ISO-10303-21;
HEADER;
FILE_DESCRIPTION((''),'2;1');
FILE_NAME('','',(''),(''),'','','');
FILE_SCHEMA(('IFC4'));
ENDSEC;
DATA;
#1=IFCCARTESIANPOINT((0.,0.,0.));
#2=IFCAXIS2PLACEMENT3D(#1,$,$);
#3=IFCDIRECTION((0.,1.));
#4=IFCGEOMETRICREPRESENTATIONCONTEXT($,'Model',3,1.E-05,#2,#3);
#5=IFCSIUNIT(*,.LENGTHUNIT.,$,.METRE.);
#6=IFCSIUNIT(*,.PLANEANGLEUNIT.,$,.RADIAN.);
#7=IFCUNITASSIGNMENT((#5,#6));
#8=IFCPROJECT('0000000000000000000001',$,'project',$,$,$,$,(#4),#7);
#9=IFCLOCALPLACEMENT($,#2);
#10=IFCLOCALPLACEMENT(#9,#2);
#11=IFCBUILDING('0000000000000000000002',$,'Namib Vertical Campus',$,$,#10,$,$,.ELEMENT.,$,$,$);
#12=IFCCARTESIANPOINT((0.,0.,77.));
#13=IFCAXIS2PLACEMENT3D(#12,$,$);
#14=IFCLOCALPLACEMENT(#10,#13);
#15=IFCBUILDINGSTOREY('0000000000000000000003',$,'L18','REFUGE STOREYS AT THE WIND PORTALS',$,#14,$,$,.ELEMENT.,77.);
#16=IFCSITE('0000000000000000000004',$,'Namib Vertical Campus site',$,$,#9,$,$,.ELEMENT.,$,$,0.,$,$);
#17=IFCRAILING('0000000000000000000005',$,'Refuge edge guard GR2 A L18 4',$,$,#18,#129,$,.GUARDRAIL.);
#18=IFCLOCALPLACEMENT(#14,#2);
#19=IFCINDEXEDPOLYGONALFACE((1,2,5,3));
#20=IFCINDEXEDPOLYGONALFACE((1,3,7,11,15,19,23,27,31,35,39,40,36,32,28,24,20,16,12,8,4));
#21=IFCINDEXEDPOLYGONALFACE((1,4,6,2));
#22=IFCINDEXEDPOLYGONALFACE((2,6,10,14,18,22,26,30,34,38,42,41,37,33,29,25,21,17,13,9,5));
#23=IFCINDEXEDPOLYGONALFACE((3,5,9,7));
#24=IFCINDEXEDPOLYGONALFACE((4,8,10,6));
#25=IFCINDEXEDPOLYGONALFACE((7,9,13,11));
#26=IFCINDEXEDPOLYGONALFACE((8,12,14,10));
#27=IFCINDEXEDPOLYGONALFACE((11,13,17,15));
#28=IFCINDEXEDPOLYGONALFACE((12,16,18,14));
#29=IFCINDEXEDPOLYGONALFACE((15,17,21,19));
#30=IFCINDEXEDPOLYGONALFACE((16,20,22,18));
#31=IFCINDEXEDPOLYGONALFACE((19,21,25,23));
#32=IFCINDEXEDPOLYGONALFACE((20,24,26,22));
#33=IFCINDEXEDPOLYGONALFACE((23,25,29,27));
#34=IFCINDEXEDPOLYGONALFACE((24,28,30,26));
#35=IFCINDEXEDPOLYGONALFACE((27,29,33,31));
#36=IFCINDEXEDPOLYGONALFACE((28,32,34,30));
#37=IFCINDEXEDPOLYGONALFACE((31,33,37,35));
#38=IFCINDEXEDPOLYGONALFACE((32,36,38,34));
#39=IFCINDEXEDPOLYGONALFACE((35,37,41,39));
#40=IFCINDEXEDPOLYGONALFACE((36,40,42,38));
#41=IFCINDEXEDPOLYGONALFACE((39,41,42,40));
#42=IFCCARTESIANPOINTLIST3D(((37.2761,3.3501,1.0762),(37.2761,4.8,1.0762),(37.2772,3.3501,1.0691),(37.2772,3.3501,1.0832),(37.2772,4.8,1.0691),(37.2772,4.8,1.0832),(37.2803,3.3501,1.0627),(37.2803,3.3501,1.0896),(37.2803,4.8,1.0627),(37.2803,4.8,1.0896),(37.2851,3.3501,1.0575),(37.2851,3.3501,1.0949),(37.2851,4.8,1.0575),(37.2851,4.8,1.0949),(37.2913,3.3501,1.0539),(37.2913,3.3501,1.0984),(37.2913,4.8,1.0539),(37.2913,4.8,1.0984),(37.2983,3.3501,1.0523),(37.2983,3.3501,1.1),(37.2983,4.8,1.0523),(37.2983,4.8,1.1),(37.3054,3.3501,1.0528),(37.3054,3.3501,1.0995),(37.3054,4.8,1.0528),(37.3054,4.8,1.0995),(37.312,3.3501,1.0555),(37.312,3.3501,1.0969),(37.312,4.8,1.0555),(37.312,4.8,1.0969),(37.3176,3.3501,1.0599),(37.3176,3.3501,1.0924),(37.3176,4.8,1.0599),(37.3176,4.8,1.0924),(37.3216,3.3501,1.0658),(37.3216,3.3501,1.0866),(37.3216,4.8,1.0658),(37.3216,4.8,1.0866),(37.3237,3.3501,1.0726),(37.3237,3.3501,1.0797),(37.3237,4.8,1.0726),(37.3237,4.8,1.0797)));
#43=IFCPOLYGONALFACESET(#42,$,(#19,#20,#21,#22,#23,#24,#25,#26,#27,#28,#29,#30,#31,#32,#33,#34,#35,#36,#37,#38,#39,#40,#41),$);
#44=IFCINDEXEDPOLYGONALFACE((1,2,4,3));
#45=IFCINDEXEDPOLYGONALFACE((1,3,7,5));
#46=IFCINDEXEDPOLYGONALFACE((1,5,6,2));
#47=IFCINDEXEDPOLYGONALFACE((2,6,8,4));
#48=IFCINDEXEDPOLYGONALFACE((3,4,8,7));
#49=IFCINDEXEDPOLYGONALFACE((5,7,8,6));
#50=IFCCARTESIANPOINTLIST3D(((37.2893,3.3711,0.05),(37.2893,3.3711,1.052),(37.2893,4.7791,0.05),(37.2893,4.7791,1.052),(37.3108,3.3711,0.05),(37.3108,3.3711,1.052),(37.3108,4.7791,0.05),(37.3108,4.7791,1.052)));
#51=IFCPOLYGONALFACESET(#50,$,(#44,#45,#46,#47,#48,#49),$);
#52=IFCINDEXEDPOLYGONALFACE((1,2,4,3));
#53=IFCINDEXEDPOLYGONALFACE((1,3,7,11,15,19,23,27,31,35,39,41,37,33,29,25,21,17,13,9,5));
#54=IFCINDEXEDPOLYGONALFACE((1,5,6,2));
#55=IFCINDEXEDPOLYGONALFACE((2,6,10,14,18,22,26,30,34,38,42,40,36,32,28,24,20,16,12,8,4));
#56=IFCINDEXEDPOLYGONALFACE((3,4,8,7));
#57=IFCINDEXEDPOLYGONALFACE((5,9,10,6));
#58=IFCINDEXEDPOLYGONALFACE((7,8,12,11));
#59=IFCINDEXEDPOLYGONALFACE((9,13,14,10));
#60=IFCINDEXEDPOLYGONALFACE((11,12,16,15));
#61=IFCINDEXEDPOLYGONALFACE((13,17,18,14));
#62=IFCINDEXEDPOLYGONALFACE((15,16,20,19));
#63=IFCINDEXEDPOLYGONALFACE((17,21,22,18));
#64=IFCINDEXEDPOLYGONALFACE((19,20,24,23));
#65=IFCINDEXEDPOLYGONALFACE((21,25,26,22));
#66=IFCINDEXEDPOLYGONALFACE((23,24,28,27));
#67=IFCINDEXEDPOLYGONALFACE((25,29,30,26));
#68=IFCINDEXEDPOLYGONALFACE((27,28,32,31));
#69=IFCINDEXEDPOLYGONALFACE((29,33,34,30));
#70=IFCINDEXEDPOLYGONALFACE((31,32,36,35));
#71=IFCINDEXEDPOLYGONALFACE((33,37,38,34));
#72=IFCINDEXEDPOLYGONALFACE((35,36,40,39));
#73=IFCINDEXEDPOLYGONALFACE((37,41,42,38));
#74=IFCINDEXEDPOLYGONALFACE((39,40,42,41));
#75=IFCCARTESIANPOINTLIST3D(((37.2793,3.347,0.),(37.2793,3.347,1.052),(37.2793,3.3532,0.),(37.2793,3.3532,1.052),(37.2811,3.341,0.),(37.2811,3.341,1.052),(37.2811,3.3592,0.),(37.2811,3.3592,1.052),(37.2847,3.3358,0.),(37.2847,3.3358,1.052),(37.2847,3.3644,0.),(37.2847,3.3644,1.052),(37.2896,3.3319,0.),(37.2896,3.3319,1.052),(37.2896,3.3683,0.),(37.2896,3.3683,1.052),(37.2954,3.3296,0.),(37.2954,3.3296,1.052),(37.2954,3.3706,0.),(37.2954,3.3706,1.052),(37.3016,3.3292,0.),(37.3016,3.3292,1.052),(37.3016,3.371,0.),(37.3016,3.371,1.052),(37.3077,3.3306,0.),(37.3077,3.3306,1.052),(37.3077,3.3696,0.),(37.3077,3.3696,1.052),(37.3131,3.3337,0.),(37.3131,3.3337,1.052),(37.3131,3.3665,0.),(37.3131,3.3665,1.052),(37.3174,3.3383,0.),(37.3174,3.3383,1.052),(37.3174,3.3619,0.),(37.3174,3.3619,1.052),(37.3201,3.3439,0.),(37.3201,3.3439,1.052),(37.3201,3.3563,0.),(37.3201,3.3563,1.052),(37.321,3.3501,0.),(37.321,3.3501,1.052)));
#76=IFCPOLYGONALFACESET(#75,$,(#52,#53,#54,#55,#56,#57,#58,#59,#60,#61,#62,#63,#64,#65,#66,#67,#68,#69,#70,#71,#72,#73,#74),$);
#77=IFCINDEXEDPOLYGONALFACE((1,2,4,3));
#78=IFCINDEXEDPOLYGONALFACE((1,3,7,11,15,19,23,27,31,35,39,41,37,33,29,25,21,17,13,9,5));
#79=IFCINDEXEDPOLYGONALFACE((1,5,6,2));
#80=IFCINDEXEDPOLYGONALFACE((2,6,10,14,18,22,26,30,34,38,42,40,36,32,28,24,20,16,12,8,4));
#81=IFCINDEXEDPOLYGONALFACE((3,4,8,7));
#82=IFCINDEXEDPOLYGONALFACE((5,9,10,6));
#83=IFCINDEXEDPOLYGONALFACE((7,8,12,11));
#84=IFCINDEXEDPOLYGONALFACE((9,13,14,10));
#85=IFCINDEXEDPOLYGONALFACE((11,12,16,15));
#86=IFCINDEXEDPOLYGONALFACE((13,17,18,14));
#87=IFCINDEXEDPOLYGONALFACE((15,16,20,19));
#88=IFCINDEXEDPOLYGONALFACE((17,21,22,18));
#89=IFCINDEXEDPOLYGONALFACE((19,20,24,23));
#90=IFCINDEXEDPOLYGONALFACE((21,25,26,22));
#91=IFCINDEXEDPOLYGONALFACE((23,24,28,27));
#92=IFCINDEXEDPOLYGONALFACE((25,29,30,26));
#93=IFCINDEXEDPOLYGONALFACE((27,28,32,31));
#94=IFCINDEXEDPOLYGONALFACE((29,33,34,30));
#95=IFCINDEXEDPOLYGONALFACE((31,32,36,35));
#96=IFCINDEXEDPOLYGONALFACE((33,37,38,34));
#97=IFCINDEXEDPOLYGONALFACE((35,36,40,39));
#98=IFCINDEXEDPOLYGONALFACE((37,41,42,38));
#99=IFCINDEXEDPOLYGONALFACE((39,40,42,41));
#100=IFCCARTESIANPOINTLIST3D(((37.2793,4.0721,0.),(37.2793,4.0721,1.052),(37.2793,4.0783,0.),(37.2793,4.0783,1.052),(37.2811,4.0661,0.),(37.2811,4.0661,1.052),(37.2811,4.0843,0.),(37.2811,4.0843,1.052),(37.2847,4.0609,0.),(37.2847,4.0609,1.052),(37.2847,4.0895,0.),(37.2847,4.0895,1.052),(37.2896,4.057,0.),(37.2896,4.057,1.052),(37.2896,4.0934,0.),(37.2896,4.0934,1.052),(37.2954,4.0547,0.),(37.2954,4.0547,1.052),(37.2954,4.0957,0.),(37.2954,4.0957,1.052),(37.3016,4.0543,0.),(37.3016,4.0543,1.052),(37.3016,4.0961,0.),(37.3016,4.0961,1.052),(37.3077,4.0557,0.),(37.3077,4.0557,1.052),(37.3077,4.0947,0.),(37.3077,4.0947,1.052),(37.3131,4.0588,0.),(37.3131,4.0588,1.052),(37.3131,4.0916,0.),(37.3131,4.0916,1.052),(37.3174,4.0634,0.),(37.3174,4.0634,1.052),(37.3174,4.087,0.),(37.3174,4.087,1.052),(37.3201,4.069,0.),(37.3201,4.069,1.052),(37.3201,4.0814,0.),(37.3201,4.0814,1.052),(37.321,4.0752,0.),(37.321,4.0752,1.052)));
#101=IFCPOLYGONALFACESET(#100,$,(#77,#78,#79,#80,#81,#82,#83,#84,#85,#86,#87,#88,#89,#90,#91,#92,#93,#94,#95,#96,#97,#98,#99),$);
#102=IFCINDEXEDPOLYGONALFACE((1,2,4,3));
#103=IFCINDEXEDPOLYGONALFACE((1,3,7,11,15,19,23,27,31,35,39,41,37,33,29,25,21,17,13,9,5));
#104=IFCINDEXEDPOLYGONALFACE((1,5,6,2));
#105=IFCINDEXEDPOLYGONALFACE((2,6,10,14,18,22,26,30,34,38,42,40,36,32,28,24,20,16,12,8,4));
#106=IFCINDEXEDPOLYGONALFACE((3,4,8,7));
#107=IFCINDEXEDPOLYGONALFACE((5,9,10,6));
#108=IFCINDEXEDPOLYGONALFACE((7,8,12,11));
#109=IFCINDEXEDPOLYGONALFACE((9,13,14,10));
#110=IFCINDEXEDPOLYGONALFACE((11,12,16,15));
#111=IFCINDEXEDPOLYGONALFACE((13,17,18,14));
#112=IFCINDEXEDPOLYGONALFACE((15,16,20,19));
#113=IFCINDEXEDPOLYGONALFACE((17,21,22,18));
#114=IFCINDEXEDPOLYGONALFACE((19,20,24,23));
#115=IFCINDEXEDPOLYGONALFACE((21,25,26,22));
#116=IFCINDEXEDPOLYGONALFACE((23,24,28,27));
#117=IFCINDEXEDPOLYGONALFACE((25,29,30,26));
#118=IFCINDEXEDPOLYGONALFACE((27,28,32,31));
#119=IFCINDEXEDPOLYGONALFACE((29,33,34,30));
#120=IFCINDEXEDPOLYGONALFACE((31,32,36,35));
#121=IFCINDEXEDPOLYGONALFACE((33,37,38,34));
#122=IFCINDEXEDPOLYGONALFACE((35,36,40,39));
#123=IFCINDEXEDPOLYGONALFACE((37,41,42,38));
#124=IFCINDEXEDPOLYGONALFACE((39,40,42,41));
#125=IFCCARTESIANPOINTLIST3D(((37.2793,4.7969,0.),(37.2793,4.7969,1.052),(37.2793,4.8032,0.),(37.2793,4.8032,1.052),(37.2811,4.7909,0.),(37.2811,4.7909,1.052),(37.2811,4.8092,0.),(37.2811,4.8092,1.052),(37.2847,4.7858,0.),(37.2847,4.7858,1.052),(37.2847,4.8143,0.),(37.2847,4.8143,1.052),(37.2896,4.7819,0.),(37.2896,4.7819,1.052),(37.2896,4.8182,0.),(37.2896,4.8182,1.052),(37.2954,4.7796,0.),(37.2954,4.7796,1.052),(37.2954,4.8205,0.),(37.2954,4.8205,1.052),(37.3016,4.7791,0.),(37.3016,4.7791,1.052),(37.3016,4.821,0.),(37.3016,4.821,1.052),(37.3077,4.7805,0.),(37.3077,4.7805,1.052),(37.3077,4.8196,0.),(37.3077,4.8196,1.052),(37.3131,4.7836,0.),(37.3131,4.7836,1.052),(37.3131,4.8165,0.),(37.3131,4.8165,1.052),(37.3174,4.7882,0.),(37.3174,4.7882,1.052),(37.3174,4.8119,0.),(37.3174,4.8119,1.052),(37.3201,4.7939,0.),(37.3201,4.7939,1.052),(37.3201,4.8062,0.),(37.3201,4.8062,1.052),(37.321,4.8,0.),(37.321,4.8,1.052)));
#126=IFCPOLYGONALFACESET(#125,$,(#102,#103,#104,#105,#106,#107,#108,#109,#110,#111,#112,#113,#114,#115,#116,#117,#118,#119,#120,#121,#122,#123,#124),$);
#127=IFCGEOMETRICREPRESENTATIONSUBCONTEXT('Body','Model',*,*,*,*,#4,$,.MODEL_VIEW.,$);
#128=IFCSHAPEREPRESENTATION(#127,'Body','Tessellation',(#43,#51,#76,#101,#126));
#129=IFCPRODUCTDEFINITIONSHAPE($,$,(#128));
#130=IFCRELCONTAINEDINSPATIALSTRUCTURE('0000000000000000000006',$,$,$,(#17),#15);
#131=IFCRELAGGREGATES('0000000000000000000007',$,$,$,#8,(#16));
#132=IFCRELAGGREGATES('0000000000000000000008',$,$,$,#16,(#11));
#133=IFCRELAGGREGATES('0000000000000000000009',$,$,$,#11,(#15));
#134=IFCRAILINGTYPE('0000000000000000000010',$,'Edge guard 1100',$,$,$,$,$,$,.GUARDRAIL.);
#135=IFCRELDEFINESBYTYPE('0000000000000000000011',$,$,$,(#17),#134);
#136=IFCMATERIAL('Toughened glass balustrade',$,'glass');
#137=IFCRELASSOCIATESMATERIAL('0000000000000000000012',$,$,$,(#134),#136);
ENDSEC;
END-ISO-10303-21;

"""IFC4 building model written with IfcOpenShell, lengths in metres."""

from ifc_helpers import new_model, si_unit, direction, frame, origin, origin_2d, place, context, subcontext, project, spatial, polyline, circle, outline, extrude, material, type_object, element, save


model = new_model("IFC4")

# Units and contexts
model_context = context("Model", 3, precision=1e-05, world=origin(), true_north=direction((0.0, 1.0)))
body_context = subcontext(model_context, "Body", "Model", "MODEL_VIEW")
ifc_project = project(units=[si_unit("LENGTHUNIT", "METRE"), si_unit("PLANEANGLEUNIT", "RADIAN")], contexts=[model_context])

# Site, building, storey
site_placement = place(None, origin())
site = spatial("IfcSite", under=ifc_project, at=site_placement, Name="Namib Vertical Campus site", CompositionType="ELEMENT", RefElevation=0.0)
building_placement = place(site_placement, origin())
building = spatial("IfcBuilding", under=site, at=building_placement, Name="Namib Vertical Campus", CompositionType="ELEMENT")
storey_placement = place(building_placement, frame((0.0, 0.0, 77.0)))
storey = spatial("IfcBuildingStorey", under=building, at=storey_placement, Name="L18", Description="REFUGE STOREYS AT THE WIND PORTALS", CompositionType="ELEMENT", Elevation=77.0)

# Railing
ifc_material_1 = material(Name="Toughened glass balustrade", Category="glass")
railing_type = type_object("IfcRailingType", Name="Edge guard 1100", PredefinedType="GUARDRAIL", material=ifc_material_1)
railing_1_placement = place(storey_placement, frame((37.3, 3.3501, 0.0)))
element("IfcRailing", 1, at=railing_1_placement, inside=storey, type_object=railing_type, Name="Refuge edge guard GR2 A L18 4", PredefinedType="GUARDRAIL", context=body_context, shape_type="SweptSolid", body=[
    extrude(circle(Radius=0.0239, at=origin_2d()), frame((0.0, 0.0, 1.0762), z_axis=(0.0, 1.0, 0.0), x_axis=(-1.0, 0.0, 0.0)), (0.0, 0.0, 1.0), 1.45),
    extrude(outline(polyline([(0.021, 0.05), (1.429, 0.05), (1.429, 1.052), (0.021, 1.052), (0.021, 0.05)])), frame((-0.0107, 0.0, 0.0), z_axis=(1.0, 0.0, 0.0), x_axis=(0.0, 1.0, 0.0)), (0.0, 0.0, 1.0), 0.0215),
    extrude(circle(Radius=0.021, at=origin_2d()), origin(), (0.0, 0.0, 1.0), 1.052),
    extrude(circle(Radius=0.021, at=origin_2d()), frame((0.0, 0.7251, 0.0)), (0.0, 0.0, 1.0), 1.052),
    extrude(circle(Radius=0.021, at=origin_2d()), frame((0.0, 1.45, 0.0)), (0.0, 0.0, 1.0), 1.052),
])

save(model, "model.ifc")
